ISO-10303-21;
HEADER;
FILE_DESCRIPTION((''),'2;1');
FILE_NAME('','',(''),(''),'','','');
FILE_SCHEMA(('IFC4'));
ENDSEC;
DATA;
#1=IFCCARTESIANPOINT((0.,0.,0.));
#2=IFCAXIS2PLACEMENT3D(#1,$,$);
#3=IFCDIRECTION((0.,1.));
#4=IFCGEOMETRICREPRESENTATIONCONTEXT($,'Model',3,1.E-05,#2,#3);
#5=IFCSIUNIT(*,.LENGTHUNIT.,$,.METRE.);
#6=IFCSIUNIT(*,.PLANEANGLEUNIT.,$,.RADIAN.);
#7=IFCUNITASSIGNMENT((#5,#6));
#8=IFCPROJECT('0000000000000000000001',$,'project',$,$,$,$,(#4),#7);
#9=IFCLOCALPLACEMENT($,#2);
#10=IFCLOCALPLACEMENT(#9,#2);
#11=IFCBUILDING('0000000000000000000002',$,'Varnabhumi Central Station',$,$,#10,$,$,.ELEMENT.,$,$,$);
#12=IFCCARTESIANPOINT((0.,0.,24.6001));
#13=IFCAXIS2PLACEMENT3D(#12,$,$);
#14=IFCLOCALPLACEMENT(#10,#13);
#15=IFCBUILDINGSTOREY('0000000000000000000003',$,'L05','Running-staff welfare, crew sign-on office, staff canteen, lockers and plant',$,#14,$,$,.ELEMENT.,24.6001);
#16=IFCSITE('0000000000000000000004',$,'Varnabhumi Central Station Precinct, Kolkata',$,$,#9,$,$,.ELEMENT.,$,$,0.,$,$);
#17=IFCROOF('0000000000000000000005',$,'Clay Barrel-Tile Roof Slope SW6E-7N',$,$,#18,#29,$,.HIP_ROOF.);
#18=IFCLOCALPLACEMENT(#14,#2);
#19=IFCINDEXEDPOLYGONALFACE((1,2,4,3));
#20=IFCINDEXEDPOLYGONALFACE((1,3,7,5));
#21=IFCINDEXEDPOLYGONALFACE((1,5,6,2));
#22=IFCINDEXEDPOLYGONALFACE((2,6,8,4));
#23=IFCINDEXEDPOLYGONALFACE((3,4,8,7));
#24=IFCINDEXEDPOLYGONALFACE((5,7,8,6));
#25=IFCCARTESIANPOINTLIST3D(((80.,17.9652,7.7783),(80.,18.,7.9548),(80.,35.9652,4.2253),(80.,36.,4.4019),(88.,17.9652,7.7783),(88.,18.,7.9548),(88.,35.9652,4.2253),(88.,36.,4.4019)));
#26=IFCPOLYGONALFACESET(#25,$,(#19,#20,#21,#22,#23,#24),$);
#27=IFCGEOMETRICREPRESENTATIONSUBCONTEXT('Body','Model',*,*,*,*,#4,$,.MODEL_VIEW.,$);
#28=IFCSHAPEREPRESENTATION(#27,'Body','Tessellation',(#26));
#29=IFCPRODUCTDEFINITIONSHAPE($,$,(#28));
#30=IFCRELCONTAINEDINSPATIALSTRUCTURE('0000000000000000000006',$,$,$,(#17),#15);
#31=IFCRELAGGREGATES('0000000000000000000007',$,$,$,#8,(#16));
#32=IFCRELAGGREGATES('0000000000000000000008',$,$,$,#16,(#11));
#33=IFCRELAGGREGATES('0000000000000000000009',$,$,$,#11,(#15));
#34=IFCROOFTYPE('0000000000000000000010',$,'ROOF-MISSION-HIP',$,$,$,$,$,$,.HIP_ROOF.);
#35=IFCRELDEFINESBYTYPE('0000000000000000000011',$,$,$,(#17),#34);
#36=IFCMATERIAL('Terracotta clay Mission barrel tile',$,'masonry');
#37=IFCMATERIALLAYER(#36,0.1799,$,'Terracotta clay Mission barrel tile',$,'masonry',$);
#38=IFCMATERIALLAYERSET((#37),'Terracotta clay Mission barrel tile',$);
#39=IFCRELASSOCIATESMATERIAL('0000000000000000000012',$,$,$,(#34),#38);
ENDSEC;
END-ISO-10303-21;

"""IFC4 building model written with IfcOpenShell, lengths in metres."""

from ifc_helpers import new_model, si_unit, direction, frame, origin, place, context, subcontext, project, spatial, polyline, outline, extrude, material, layer, layer_set, type_object, element, save


model = new_model("IFC4")

# Units and contexts
model_context = context("Model", 3, precision=1e-05, world=origin(), true_north=direction((0.0, 1.0)))
body_context = subcontext(model_context, "Body", "Model", "MODEL_VIEW")
ifc_project = project(units=[si_unit("LENGTHUNIT", "METRE"), si_unit("PLANEANGLEUNIT", "RADIAN")], contexts=[model_context])

# Site, building, storey
site_placement = place(None, origin())
site = spatial("IfcSite", under=ifc_project, at=site_placement, Name="Varnabhumi Central Station Precinct, Kolkata", CompositionType="ELEMENT", RefElevation=0.0)
building_placement = place(site_placement, origin())
building = spatial("IfcBuilding", under=site, at=building_placement, Name="Varnabhumi Central Station", CompositionType="ELEMENT")
storey_placement = place(building_placement, frame((0.0, 0.0, 24.6001)))
storey = spatial("IfcBuildingStorey", under=building, at=storey_placement, Name="L05", Description="Running-staff welfare, crew sign-on office, staff canteen, lockers and plant", CompositionType="ELEMENT", Elevation=24.6001)

# Roof
ifc_material_1 = material(Name="Terracotta clay Mission barrel tile", Category="masonry")
ifc_layer_1 = layer(ifc_material_1, 0.1799, Name="Terracotta clay Mission barrel tile", Category="masonry")
ifc_layer_set_1 = layer_set([ifc_layer_1], Name="Terracotta clay Mission barrel tile")
roof_type = type_object("IfcRoofType", Name="ROOF-MISSION-HIP", PredefinedType="HIP_ROOF", material=ifc_layer_set_1)
roof_placement = place(storey_placement, frame((88.0, 36.0, 4.4019), z_axis=(0.0, 0.193651, 0.98107), x_axis=(-1.0, 0.0, 0.0)))
element("IfcRoof", 1, at=roof_placement, inside=storey, type_object=roof_type, Name="Clay Barrel-Tile Roof Slope SW6E-7N", PredefinedType="HIP_ROOF", context=body_context, shape_type="SweptSolid", body=[
    extrude(outline(polyline([(0.0, 0.0), (8.0, 0.0), (8.0, 18.3473), (0.0, 18.3473), (0.0, 0.0)])), origin(), (0.0, 0.0, -1.0), 0.1799),
])

save(model, "model.ifc")
